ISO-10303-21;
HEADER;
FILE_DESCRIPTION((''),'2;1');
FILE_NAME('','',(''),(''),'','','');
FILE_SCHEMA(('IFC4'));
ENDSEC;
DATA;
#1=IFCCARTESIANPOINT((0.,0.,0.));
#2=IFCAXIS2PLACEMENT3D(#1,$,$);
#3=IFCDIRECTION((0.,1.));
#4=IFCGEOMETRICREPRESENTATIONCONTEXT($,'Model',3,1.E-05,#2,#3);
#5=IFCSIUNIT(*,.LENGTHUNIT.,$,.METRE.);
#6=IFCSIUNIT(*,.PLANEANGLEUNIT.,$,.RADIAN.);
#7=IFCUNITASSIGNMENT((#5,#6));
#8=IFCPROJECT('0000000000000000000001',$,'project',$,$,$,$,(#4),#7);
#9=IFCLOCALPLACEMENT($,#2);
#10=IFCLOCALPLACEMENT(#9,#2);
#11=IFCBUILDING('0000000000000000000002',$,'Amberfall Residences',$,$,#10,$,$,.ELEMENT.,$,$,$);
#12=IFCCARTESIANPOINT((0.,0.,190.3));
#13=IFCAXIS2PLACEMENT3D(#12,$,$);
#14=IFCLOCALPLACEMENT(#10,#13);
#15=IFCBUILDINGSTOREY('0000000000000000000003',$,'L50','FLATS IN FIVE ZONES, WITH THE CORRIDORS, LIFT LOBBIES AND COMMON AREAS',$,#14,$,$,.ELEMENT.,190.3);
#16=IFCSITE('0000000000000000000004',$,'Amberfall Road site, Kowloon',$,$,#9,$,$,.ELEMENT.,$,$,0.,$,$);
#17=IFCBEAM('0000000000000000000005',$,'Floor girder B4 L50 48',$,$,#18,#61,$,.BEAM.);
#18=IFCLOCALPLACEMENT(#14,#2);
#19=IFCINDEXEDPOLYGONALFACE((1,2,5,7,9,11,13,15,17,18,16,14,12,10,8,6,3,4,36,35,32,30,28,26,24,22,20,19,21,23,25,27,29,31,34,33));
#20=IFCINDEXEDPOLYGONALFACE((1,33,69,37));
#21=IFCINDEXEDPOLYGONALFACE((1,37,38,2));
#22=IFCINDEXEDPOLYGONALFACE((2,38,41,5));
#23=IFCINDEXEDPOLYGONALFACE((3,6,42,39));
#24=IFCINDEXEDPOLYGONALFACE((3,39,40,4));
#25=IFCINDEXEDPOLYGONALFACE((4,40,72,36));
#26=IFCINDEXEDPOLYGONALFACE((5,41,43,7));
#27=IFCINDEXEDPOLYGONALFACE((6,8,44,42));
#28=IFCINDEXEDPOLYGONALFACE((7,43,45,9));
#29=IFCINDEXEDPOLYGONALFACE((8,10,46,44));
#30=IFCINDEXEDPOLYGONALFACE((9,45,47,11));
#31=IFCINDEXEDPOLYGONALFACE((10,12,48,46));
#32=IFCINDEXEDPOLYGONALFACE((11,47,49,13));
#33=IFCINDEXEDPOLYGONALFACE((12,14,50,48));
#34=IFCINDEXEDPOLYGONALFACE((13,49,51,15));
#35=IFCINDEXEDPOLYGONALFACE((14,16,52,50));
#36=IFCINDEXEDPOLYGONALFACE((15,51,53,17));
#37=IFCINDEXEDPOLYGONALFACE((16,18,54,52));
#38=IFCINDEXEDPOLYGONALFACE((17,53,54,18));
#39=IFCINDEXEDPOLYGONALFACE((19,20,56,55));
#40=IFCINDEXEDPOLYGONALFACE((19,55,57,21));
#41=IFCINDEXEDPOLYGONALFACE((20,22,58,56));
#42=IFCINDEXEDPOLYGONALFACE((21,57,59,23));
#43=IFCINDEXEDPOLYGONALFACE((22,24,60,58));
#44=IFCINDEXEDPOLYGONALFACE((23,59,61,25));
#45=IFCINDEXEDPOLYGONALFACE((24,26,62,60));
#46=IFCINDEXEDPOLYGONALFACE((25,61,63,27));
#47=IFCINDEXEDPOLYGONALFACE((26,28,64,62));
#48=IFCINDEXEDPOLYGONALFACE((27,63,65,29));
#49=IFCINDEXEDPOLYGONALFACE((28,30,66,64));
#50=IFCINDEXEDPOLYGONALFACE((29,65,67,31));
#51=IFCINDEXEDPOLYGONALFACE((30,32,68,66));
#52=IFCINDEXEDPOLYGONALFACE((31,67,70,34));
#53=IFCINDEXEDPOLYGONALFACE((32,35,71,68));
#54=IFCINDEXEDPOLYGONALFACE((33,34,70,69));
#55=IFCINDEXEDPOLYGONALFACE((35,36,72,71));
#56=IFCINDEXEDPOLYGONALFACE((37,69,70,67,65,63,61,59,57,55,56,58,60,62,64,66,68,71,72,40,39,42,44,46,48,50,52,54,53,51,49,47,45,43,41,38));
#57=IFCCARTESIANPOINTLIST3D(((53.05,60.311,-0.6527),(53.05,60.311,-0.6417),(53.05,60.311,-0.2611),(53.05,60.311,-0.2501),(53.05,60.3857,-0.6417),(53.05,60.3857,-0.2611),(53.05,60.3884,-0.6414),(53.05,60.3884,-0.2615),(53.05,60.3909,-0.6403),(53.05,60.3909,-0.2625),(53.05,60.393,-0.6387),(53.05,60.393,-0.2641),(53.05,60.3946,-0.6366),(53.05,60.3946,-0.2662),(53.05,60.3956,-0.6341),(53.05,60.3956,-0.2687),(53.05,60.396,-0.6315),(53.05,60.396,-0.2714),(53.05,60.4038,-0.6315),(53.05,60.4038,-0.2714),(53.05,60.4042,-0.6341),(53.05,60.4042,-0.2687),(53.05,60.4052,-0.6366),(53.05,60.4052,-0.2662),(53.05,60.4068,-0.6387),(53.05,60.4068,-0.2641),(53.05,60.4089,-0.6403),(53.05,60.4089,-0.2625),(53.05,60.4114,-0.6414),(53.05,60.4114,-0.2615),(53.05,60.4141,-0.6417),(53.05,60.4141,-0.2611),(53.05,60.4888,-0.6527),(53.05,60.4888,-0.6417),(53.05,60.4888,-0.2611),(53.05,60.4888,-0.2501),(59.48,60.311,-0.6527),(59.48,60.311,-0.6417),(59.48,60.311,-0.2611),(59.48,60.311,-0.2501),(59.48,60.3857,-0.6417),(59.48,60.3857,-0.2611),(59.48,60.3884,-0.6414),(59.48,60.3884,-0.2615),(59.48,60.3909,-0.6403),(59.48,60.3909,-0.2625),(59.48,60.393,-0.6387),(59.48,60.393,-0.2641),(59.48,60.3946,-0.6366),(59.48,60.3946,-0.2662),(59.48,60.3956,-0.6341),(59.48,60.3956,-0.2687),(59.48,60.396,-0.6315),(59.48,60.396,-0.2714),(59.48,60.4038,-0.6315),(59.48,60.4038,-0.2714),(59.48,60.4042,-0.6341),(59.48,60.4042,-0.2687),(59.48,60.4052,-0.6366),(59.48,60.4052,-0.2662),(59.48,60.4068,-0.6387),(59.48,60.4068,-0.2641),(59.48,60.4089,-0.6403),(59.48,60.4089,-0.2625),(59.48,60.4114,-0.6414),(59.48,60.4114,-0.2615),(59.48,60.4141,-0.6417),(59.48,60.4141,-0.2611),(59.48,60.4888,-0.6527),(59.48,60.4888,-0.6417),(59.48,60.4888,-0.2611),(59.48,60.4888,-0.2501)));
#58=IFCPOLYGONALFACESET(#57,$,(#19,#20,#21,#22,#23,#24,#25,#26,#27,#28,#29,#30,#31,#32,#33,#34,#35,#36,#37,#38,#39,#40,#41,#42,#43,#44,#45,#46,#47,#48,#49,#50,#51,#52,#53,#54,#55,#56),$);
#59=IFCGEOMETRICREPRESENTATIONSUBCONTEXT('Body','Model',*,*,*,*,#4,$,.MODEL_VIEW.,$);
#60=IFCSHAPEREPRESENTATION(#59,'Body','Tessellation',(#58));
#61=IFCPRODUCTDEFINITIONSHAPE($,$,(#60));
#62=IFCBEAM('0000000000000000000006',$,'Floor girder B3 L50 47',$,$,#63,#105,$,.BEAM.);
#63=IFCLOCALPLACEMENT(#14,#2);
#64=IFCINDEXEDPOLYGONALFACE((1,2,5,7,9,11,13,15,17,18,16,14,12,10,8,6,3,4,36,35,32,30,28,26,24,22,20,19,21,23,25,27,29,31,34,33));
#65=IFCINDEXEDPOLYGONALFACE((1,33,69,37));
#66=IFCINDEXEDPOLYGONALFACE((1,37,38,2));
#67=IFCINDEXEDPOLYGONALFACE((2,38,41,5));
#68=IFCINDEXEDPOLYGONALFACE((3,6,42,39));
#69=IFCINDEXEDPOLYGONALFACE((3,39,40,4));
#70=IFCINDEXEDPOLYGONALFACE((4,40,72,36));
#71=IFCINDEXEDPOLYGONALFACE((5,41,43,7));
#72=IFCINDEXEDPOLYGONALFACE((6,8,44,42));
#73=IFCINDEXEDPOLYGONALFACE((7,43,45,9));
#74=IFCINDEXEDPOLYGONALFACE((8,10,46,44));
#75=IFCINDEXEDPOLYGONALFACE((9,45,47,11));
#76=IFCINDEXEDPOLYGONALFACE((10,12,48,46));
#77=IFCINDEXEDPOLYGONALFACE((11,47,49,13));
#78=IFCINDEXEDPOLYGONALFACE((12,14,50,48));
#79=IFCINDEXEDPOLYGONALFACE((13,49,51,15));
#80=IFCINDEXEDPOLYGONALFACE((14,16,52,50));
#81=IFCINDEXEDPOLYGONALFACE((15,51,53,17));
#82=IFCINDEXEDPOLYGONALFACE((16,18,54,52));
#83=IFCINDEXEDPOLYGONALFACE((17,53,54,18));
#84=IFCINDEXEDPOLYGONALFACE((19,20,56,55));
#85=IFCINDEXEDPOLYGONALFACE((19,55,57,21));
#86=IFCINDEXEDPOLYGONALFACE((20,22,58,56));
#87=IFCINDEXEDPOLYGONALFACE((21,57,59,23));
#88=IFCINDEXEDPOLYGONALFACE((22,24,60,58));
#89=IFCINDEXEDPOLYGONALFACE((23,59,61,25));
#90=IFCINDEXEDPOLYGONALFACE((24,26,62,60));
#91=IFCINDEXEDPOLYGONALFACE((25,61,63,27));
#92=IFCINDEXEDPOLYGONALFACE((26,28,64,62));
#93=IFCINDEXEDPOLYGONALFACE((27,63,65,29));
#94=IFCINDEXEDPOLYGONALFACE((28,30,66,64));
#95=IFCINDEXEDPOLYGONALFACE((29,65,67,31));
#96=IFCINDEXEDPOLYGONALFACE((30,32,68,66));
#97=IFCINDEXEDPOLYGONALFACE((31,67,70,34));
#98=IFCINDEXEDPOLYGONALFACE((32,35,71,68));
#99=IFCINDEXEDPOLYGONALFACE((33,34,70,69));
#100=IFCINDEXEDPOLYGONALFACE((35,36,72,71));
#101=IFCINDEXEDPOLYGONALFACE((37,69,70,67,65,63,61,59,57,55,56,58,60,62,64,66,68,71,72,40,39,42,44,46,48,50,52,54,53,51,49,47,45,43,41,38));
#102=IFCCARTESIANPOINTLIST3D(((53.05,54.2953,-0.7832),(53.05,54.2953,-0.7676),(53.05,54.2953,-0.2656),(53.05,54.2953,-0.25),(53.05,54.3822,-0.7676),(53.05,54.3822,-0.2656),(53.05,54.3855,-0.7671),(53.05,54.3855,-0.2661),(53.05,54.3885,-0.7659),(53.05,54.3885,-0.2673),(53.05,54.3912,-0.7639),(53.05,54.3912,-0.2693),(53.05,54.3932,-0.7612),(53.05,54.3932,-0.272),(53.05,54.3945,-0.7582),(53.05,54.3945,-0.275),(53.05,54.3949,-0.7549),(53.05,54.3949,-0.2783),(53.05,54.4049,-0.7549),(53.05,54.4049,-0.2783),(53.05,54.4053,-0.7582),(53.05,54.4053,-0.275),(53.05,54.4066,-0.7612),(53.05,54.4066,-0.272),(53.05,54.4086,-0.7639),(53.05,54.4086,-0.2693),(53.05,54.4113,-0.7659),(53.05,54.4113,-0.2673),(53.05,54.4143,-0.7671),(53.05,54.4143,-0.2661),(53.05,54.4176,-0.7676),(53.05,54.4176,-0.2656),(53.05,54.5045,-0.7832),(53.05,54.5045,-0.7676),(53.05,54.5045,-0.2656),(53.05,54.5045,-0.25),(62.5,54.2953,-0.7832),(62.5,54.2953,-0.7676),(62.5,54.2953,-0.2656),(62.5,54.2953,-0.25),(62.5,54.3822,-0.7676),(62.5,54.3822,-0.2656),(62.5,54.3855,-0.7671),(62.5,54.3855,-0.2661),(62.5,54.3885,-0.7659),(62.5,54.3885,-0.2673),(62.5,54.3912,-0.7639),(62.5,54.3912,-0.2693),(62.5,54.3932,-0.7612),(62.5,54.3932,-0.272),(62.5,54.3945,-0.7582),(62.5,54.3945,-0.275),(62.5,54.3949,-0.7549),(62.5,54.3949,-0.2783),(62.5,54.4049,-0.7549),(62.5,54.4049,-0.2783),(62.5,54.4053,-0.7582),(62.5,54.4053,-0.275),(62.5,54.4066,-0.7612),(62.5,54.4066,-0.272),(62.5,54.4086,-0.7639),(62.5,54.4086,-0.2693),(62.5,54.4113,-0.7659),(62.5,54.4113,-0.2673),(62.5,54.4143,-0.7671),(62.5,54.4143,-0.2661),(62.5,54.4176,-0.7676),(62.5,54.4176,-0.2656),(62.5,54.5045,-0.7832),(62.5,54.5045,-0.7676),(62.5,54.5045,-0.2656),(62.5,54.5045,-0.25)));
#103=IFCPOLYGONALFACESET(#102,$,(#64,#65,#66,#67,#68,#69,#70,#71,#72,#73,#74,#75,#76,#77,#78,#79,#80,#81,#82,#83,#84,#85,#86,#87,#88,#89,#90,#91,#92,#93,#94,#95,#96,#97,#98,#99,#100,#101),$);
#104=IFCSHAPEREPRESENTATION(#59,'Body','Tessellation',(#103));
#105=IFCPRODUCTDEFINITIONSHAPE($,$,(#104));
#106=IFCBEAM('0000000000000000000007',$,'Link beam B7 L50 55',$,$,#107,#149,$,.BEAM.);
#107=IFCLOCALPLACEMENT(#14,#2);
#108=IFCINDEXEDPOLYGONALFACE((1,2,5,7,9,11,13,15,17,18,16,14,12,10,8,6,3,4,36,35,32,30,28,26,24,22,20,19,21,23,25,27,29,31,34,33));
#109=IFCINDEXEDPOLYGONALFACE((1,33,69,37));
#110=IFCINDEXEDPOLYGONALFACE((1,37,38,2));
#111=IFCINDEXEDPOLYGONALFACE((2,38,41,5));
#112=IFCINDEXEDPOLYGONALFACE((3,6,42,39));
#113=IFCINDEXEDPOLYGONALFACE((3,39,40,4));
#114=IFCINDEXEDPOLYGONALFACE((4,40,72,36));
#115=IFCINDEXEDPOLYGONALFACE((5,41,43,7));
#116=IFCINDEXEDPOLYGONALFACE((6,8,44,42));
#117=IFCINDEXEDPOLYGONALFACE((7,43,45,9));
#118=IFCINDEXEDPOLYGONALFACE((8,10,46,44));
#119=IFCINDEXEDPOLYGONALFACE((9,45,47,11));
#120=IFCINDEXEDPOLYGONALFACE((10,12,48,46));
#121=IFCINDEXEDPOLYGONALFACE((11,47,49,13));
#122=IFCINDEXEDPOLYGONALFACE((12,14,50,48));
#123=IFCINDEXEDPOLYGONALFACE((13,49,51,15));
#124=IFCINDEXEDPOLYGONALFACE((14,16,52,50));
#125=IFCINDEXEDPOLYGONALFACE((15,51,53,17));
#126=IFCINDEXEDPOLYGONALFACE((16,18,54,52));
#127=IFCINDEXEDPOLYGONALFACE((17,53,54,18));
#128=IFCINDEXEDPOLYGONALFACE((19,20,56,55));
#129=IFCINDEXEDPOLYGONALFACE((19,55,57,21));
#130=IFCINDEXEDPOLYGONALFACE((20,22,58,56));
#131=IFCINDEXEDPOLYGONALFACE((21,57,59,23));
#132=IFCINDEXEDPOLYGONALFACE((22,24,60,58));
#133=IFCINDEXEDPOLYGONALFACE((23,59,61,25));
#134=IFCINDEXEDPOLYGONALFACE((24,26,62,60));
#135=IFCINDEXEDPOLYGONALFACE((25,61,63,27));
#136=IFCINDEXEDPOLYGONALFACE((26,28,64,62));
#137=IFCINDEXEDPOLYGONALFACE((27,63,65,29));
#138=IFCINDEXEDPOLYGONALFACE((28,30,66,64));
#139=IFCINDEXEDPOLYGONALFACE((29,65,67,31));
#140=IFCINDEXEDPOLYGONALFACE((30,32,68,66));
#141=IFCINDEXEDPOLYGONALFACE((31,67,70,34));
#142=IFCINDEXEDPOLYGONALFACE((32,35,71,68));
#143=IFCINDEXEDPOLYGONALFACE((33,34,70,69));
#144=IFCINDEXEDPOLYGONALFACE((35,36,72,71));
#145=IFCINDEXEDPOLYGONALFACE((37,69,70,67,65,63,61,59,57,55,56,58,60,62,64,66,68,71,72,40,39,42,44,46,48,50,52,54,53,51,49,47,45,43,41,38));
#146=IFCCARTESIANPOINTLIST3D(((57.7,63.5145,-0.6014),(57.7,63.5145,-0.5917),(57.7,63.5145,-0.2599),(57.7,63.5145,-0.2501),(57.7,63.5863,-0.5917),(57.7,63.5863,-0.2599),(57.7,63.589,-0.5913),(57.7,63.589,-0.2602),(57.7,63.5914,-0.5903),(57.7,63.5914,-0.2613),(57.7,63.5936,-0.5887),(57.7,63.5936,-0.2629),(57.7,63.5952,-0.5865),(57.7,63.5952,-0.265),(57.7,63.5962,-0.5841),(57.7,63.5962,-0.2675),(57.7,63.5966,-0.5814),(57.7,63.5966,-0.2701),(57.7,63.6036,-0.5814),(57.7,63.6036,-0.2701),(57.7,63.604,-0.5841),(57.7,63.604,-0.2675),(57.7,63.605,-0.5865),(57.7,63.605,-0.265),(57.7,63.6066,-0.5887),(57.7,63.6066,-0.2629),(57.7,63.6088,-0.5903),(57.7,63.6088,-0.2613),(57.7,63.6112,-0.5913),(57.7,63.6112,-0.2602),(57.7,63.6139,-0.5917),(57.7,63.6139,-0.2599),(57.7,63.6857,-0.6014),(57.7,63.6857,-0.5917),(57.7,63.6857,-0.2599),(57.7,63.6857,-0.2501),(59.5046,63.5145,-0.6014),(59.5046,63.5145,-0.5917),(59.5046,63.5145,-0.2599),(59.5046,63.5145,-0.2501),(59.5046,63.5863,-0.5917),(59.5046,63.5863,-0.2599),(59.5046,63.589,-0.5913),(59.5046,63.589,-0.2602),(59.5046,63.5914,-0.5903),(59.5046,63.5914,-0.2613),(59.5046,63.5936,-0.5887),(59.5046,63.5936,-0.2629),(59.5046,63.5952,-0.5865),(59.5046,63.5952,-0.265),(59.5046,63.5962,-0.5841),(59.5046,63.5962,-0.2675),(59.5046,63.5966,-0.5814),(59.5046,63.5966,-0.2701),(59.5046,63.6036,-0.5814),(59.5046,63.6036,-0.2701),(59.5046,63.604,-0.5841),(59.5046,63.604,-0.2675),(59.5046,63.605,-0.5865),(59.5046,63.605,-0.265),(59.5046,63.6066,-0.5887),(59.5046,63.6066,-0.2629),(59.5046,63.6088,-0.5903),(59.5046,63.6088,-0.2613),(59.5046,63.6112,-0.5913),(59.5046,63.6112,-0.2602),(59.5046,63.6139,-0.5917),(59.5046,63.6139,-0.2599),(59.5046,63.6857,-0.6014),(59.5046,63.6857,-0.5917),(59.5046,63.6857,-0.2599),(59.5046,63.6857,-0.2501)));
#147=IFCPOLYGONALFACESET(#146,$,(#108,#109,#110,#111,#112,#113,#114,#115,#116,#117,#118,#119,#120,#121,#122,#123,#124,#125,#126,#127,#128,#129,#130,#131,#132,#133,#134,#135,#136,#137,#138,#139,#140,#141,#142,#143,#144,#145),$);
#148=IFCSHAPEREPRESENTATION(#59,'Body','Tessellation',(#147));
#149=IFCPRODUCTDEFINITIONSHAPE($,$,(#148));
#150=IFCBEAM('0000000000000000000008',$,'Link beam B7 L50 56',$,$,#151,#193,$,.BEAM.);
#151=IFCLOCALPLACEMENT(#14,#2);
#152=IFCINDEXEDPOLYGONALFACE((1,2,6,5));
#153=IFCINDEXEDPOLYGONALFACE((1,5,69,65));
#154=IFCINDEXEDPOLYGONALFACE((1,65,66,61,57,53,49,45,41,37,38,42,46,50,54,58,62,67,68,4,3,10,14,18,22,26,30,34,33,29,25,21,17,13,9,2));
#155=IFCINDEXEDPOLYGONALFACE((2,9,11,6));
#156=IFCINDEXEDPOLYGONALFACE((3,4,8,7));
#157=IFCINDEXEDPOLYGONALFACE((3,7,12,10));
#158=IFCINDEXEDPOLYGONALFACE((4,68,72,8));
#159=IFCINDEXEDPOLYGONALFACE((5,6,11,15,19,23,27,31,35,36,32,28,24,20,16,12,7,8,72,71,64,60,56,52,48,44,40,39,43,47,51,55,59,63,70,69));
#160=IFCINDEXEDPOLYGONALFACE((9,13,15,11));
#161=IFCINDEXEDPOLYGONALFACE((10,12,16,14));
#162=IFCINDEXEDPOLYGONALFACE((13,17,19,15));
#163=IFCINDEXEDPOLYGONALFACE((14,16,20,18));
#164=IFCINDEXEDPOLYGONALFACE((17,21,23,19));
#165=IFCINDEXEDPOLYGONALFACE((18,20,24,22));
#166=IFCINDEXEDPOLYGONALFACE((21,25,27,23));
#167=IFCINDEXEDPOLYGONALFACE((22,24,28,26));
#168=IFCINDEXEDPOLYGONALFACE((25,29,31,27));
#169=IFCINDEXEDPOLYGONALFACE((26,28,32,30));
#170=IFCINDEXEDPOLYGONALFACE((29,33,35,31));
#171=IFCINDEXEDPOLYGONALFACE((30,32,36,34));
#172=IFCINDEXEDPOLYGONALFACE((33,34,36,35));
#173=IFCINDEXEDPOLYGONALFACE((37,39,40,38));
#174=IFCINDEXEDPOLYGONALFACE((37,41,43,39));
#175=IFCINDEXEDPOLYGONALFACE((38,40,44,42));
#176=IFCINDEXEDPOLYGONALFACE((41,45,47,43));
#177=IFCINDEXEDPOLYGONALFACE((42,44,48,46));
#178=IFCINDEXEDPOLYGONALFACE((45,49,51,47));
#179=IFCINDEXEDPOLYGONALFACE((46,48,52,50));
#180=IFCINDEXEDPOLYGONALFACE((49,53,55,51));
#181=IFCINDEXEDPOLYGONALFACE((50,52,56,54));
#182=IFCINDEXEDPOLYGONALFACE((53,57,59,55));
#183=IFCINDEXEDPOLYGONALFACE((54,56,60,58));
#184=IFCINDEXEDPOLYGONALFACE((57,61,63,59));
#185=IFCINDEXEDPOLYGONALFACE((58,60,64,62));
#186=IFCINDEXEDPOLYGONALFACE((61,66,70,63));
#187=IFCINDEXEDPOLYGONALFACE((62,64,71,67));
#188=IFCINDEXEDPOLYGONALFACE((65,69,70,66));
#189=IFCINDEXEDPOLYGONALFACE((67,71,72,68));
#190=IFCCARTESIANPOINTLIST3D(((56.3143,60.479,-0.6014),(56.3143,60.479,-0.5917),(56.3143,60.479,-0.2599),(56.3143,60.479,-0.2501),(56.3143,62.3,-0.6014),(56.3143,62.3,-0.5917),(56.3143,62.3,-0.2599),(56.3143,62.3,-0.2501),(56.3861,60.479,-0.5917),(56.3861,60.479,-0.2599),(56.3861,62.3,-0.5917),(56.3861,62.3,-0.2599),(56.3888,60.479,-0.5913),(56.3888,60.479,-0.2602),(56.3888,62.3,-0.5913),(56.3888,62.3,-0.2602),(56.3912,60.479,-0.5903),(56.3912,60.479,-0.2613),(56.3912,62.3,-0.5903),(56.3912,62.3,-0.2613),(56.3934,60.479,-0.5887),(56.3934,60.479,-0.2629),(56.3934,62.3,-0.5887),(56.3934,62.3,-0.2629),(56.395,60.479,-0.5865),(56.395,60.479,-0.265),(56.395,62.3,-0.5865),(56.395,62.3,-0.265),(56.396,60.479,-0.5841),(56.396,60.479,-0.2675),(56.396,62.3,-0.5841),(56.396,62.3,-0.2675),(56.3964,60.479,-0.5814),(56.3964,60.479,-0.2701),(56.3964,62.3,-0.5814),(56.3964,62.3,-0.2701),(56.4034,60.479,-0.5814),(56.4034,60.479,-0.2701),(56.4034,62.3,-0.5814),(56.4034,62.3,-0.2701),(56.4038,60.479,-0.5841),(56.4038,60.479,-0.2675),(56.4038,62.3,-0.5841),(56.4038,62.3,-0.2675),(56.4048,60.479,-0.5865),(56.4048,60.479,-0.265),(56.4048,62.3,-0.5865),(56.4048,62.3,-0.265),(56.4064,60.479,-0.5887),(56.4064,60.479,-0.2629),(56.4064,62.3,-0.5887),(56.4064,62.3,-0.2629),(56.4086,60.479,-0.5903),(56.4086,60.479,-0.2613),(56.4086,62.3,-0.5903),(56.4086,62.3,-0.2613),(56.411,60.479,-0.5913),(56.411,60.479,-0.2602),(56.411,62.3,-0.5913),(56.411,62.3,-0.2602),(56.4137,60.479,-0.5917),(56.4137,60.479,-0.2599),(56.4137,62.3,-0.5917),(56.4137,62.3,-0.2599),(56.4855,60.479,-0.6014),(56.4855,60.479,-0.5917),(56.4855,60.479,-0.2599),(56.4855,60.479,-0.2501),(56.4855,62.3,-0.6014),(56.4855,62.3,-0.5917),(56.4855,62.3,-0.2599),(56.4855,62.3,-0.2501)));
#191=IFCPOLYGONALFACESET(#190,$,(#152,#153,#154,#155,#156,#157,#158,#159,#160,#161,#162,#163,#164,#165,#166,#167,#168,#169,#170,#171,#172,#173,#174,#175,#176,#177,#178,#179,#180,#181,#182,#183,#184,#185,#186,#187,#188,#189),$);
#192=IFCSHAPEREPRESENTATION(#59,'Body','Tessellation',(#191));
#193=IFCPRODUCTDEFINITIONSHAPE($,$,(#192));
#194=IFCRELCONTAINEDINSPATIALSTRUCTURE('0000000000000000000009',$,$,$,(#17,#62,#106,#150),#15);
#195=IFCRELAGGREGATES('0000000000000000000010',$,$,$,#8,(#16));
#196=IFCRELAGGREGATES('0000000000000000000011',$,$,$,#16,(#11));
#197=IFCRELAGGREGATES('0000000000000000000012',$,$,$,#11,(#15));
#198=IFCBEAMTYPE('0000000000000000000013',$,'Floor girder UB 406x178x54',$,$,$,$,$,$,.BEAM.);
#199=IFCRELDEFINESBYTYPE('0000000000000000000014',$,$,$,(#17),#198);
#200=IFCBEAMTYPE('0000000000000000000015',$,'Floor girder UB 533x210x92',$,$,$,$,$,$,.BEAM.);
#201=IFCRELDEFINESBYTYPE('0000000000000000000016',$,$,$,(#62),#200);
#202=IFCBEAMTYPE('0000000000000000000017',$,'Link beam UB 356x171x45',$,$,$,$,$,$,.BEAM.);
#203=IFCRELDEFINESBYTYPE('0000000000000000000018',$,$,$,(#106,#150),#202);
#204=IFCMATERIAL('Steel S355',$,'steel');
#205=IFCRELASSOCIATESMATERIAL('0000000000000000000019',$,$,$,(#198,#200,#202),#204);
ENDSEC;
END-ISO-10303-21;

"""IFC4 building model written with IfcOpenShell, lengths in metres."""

from ifc_helpers import new_model, si_unit, direction, frame, origin, origin_2d, place, context, subcontext, project, spatial, i_section, extrude, material, material_profile, profile_set, type_object, element, save


model = new_model("IFC4")

# Units and contexts
model_context = context("Model", 3, precision=1e-05, world=origin(), true_north=direction((0.0, 1.0)))
body_context = subcontext(model_context, "Body", "Model", "MODEL_VIEW")
ifc_project = project(units=[si_unit("LENGTHUNIT", "METRE"), si_unit("PLANEANGLEUNIT", "RADIAN")], contexts=[model_context])

# Site, building, storey
site_placement = place(None, origin())
site = spatial("IfcSite", under=ifc_project, at=site_placement, Name="Amberfall Road site, Kowloon", CompositionType="ELEMENT", RefElevation=0.0)
building_placement = place(site_placement, origin())
building = spatial("IfcBuilding", under=site, at=building_placement, Name="Amberfall Residences", CompositionType="ELEMENT")
storey_placement = place(building_placement, frame((0.0, 0.0, 190.3)))
storey = spatial("IfcBuildingStorey", under=building, at=storey_placement, Name="L50", Description="FLATS IN FIVE ZONES, WITH THE CORRIDORS, LIFT LOBBIES AND COMMON AREAS", CompositionType="ELEMENT", Elevation=190.3)

# Shared definitions
ifc_material_1 = material(Name="Steel S355", Category="steel")

# Beams
ifc_material_profile_1 = material_profile(ifc_material_1, i_section(OverallWidth=0.1777, OverallDepth=0.4026, WebThickness=0.0078, FlangeThickness=0.011, FilletRadius=0.0103, at=origin_2d()), Name="UB 406x178x54")
ifc_profile_set_1 = profile_set([ifc_material_profile_1], Name="Steel S355")
beam_type_1 = type_object("IfcBeamType", Name="Floor girder UB 406x178x54", PredefinedType="BEAM", material=ifc_profile_set_1)
beam_1_placement = place(storey_placement, frame((53.05, 60.3999, -0.4514), z_axis=(1.0, 0.0, 0.0), x_axis=(0.0, 1.0, 0.0)))
element("IfcBeam", 1, at=beam_1_placement, inside=storey, type_object=beam_type_1, Name="Floor girder B4 L50 48", PredefinedType="BEAM", context=body_context, shape_type="SweptSolid", body=[
    extrude(i_section(OverallWidth=0.1777, OverallDepth=0.4026, WebThickness=0.0078, FlangeThickness=0.011, FilletRadius=0.0103, at=origin_2d()), origin(), (0.0, 0.0, 1.0), 6.4299),
])
ifc_material_profile_2 = material_profile(ifc_material_1, i_section(OverallWidth=0.2092, OverallDepth=0.5332, WebThickness=0.01, FlangeThickness=0.0156, FilletRadius=0.0127, at=origin_2d()), Name="UB 533x210x92")
ifc_profile_set_2 = profile_set([ifc_material_profile_2], Name="Steel S355")
beam_type_2 = type_object("IfcBeamType", Name="Floor girder UB 533x210x92", PredefinedType="BEAM", material=ifc_profile_set_2)
beam_2_placement = place(storey_placement, frame((53.05, 54.3999, -0.5166), z_axis=(1.0, 0.0, 0.0), x_axis=(0.0, 1.0, 0.0)))
element("IfcBeam", 2, at=beam_2_placement, inside=storey, type_object=beam_type_2, Name="Floor girder B3 L50 47", PredefinedType="BEAM", context=body_context, shape_type="SweptSolid", body=[
    extrude(i_section(OverallWidth=0.2092, OverallDepth=0.5332, WebThickness=0.01, FlangeThickness=0.0156, FilletRadius=0.0127, at=origin_2d()), origin(), (0.0, 0.0, 1.0), 9.45),
])
ifc_material_profile_3 = material_profile(ifc_material_1, i_section(OverallWidth=0.1711, OverallDepth=0.3513, WebThickness=0.0071, FlangeThickness=0.0098, FilletRadius=0.0103, at=origin_2d()), Name="UB 356x171x45")
ifc_profile_set_3 = profile_set([ifc_material_profile_3], Name="Steel S355")
beam_type_3 = type_object("IfcBeamType", Name="Link beam UB 356x171x45", PredefinedType="BEAM", material=ifc_profile_set_3)
beam_3_placement = place(storey_placement, frame((57.7, 63.6001, -0.4258), z_axis=(1.0, 0.0, 0.0), x_axis=(0.0, 1.0, 0.0)))
element("IfcBeam", 3, at=beam_3_placement, inside=storey, type_object=beam_type_3, Name="Link beam B7 L50 55", PredefinedType="BEAM", context=body_context, shape_type="SweptSolid", body=[
    extrude(i_section(OverallWidth=0.1711, OverallDepth=0.3513, WebThickness=0.0071, FlangeThickness=0.0098, FilletRadius=0.0103, at=origin_2d()), origin(), (0.0, 0.0, 1.0), 1.8047),
])
beam_4_placement = place(storey_placement, frame((56.3999, 62.3, -0.4258), z_axis=(0.0, -1.0, 0.0), x_axis=(1.0, 0.0, 0.0)))
element("IfcBeam", 4, at=beam_4_placement, inside=storey, type_object=beam_type_3, Name="Link beam B7 L50 56", PredefinedType="BEAM", context=body_context, shape_type="SweptSolid", body=[
    extrude(i_section(OverallWidth=0.1711, OverallDepth=0.3513, WebThickness=0.0071, FlangeThickness=0.0098, FilletRadius=0.0103, at=origin_2d()), origin(), (0.0, 0.0, 1.0), 1.821),
])

save(model, "model.ifc")
